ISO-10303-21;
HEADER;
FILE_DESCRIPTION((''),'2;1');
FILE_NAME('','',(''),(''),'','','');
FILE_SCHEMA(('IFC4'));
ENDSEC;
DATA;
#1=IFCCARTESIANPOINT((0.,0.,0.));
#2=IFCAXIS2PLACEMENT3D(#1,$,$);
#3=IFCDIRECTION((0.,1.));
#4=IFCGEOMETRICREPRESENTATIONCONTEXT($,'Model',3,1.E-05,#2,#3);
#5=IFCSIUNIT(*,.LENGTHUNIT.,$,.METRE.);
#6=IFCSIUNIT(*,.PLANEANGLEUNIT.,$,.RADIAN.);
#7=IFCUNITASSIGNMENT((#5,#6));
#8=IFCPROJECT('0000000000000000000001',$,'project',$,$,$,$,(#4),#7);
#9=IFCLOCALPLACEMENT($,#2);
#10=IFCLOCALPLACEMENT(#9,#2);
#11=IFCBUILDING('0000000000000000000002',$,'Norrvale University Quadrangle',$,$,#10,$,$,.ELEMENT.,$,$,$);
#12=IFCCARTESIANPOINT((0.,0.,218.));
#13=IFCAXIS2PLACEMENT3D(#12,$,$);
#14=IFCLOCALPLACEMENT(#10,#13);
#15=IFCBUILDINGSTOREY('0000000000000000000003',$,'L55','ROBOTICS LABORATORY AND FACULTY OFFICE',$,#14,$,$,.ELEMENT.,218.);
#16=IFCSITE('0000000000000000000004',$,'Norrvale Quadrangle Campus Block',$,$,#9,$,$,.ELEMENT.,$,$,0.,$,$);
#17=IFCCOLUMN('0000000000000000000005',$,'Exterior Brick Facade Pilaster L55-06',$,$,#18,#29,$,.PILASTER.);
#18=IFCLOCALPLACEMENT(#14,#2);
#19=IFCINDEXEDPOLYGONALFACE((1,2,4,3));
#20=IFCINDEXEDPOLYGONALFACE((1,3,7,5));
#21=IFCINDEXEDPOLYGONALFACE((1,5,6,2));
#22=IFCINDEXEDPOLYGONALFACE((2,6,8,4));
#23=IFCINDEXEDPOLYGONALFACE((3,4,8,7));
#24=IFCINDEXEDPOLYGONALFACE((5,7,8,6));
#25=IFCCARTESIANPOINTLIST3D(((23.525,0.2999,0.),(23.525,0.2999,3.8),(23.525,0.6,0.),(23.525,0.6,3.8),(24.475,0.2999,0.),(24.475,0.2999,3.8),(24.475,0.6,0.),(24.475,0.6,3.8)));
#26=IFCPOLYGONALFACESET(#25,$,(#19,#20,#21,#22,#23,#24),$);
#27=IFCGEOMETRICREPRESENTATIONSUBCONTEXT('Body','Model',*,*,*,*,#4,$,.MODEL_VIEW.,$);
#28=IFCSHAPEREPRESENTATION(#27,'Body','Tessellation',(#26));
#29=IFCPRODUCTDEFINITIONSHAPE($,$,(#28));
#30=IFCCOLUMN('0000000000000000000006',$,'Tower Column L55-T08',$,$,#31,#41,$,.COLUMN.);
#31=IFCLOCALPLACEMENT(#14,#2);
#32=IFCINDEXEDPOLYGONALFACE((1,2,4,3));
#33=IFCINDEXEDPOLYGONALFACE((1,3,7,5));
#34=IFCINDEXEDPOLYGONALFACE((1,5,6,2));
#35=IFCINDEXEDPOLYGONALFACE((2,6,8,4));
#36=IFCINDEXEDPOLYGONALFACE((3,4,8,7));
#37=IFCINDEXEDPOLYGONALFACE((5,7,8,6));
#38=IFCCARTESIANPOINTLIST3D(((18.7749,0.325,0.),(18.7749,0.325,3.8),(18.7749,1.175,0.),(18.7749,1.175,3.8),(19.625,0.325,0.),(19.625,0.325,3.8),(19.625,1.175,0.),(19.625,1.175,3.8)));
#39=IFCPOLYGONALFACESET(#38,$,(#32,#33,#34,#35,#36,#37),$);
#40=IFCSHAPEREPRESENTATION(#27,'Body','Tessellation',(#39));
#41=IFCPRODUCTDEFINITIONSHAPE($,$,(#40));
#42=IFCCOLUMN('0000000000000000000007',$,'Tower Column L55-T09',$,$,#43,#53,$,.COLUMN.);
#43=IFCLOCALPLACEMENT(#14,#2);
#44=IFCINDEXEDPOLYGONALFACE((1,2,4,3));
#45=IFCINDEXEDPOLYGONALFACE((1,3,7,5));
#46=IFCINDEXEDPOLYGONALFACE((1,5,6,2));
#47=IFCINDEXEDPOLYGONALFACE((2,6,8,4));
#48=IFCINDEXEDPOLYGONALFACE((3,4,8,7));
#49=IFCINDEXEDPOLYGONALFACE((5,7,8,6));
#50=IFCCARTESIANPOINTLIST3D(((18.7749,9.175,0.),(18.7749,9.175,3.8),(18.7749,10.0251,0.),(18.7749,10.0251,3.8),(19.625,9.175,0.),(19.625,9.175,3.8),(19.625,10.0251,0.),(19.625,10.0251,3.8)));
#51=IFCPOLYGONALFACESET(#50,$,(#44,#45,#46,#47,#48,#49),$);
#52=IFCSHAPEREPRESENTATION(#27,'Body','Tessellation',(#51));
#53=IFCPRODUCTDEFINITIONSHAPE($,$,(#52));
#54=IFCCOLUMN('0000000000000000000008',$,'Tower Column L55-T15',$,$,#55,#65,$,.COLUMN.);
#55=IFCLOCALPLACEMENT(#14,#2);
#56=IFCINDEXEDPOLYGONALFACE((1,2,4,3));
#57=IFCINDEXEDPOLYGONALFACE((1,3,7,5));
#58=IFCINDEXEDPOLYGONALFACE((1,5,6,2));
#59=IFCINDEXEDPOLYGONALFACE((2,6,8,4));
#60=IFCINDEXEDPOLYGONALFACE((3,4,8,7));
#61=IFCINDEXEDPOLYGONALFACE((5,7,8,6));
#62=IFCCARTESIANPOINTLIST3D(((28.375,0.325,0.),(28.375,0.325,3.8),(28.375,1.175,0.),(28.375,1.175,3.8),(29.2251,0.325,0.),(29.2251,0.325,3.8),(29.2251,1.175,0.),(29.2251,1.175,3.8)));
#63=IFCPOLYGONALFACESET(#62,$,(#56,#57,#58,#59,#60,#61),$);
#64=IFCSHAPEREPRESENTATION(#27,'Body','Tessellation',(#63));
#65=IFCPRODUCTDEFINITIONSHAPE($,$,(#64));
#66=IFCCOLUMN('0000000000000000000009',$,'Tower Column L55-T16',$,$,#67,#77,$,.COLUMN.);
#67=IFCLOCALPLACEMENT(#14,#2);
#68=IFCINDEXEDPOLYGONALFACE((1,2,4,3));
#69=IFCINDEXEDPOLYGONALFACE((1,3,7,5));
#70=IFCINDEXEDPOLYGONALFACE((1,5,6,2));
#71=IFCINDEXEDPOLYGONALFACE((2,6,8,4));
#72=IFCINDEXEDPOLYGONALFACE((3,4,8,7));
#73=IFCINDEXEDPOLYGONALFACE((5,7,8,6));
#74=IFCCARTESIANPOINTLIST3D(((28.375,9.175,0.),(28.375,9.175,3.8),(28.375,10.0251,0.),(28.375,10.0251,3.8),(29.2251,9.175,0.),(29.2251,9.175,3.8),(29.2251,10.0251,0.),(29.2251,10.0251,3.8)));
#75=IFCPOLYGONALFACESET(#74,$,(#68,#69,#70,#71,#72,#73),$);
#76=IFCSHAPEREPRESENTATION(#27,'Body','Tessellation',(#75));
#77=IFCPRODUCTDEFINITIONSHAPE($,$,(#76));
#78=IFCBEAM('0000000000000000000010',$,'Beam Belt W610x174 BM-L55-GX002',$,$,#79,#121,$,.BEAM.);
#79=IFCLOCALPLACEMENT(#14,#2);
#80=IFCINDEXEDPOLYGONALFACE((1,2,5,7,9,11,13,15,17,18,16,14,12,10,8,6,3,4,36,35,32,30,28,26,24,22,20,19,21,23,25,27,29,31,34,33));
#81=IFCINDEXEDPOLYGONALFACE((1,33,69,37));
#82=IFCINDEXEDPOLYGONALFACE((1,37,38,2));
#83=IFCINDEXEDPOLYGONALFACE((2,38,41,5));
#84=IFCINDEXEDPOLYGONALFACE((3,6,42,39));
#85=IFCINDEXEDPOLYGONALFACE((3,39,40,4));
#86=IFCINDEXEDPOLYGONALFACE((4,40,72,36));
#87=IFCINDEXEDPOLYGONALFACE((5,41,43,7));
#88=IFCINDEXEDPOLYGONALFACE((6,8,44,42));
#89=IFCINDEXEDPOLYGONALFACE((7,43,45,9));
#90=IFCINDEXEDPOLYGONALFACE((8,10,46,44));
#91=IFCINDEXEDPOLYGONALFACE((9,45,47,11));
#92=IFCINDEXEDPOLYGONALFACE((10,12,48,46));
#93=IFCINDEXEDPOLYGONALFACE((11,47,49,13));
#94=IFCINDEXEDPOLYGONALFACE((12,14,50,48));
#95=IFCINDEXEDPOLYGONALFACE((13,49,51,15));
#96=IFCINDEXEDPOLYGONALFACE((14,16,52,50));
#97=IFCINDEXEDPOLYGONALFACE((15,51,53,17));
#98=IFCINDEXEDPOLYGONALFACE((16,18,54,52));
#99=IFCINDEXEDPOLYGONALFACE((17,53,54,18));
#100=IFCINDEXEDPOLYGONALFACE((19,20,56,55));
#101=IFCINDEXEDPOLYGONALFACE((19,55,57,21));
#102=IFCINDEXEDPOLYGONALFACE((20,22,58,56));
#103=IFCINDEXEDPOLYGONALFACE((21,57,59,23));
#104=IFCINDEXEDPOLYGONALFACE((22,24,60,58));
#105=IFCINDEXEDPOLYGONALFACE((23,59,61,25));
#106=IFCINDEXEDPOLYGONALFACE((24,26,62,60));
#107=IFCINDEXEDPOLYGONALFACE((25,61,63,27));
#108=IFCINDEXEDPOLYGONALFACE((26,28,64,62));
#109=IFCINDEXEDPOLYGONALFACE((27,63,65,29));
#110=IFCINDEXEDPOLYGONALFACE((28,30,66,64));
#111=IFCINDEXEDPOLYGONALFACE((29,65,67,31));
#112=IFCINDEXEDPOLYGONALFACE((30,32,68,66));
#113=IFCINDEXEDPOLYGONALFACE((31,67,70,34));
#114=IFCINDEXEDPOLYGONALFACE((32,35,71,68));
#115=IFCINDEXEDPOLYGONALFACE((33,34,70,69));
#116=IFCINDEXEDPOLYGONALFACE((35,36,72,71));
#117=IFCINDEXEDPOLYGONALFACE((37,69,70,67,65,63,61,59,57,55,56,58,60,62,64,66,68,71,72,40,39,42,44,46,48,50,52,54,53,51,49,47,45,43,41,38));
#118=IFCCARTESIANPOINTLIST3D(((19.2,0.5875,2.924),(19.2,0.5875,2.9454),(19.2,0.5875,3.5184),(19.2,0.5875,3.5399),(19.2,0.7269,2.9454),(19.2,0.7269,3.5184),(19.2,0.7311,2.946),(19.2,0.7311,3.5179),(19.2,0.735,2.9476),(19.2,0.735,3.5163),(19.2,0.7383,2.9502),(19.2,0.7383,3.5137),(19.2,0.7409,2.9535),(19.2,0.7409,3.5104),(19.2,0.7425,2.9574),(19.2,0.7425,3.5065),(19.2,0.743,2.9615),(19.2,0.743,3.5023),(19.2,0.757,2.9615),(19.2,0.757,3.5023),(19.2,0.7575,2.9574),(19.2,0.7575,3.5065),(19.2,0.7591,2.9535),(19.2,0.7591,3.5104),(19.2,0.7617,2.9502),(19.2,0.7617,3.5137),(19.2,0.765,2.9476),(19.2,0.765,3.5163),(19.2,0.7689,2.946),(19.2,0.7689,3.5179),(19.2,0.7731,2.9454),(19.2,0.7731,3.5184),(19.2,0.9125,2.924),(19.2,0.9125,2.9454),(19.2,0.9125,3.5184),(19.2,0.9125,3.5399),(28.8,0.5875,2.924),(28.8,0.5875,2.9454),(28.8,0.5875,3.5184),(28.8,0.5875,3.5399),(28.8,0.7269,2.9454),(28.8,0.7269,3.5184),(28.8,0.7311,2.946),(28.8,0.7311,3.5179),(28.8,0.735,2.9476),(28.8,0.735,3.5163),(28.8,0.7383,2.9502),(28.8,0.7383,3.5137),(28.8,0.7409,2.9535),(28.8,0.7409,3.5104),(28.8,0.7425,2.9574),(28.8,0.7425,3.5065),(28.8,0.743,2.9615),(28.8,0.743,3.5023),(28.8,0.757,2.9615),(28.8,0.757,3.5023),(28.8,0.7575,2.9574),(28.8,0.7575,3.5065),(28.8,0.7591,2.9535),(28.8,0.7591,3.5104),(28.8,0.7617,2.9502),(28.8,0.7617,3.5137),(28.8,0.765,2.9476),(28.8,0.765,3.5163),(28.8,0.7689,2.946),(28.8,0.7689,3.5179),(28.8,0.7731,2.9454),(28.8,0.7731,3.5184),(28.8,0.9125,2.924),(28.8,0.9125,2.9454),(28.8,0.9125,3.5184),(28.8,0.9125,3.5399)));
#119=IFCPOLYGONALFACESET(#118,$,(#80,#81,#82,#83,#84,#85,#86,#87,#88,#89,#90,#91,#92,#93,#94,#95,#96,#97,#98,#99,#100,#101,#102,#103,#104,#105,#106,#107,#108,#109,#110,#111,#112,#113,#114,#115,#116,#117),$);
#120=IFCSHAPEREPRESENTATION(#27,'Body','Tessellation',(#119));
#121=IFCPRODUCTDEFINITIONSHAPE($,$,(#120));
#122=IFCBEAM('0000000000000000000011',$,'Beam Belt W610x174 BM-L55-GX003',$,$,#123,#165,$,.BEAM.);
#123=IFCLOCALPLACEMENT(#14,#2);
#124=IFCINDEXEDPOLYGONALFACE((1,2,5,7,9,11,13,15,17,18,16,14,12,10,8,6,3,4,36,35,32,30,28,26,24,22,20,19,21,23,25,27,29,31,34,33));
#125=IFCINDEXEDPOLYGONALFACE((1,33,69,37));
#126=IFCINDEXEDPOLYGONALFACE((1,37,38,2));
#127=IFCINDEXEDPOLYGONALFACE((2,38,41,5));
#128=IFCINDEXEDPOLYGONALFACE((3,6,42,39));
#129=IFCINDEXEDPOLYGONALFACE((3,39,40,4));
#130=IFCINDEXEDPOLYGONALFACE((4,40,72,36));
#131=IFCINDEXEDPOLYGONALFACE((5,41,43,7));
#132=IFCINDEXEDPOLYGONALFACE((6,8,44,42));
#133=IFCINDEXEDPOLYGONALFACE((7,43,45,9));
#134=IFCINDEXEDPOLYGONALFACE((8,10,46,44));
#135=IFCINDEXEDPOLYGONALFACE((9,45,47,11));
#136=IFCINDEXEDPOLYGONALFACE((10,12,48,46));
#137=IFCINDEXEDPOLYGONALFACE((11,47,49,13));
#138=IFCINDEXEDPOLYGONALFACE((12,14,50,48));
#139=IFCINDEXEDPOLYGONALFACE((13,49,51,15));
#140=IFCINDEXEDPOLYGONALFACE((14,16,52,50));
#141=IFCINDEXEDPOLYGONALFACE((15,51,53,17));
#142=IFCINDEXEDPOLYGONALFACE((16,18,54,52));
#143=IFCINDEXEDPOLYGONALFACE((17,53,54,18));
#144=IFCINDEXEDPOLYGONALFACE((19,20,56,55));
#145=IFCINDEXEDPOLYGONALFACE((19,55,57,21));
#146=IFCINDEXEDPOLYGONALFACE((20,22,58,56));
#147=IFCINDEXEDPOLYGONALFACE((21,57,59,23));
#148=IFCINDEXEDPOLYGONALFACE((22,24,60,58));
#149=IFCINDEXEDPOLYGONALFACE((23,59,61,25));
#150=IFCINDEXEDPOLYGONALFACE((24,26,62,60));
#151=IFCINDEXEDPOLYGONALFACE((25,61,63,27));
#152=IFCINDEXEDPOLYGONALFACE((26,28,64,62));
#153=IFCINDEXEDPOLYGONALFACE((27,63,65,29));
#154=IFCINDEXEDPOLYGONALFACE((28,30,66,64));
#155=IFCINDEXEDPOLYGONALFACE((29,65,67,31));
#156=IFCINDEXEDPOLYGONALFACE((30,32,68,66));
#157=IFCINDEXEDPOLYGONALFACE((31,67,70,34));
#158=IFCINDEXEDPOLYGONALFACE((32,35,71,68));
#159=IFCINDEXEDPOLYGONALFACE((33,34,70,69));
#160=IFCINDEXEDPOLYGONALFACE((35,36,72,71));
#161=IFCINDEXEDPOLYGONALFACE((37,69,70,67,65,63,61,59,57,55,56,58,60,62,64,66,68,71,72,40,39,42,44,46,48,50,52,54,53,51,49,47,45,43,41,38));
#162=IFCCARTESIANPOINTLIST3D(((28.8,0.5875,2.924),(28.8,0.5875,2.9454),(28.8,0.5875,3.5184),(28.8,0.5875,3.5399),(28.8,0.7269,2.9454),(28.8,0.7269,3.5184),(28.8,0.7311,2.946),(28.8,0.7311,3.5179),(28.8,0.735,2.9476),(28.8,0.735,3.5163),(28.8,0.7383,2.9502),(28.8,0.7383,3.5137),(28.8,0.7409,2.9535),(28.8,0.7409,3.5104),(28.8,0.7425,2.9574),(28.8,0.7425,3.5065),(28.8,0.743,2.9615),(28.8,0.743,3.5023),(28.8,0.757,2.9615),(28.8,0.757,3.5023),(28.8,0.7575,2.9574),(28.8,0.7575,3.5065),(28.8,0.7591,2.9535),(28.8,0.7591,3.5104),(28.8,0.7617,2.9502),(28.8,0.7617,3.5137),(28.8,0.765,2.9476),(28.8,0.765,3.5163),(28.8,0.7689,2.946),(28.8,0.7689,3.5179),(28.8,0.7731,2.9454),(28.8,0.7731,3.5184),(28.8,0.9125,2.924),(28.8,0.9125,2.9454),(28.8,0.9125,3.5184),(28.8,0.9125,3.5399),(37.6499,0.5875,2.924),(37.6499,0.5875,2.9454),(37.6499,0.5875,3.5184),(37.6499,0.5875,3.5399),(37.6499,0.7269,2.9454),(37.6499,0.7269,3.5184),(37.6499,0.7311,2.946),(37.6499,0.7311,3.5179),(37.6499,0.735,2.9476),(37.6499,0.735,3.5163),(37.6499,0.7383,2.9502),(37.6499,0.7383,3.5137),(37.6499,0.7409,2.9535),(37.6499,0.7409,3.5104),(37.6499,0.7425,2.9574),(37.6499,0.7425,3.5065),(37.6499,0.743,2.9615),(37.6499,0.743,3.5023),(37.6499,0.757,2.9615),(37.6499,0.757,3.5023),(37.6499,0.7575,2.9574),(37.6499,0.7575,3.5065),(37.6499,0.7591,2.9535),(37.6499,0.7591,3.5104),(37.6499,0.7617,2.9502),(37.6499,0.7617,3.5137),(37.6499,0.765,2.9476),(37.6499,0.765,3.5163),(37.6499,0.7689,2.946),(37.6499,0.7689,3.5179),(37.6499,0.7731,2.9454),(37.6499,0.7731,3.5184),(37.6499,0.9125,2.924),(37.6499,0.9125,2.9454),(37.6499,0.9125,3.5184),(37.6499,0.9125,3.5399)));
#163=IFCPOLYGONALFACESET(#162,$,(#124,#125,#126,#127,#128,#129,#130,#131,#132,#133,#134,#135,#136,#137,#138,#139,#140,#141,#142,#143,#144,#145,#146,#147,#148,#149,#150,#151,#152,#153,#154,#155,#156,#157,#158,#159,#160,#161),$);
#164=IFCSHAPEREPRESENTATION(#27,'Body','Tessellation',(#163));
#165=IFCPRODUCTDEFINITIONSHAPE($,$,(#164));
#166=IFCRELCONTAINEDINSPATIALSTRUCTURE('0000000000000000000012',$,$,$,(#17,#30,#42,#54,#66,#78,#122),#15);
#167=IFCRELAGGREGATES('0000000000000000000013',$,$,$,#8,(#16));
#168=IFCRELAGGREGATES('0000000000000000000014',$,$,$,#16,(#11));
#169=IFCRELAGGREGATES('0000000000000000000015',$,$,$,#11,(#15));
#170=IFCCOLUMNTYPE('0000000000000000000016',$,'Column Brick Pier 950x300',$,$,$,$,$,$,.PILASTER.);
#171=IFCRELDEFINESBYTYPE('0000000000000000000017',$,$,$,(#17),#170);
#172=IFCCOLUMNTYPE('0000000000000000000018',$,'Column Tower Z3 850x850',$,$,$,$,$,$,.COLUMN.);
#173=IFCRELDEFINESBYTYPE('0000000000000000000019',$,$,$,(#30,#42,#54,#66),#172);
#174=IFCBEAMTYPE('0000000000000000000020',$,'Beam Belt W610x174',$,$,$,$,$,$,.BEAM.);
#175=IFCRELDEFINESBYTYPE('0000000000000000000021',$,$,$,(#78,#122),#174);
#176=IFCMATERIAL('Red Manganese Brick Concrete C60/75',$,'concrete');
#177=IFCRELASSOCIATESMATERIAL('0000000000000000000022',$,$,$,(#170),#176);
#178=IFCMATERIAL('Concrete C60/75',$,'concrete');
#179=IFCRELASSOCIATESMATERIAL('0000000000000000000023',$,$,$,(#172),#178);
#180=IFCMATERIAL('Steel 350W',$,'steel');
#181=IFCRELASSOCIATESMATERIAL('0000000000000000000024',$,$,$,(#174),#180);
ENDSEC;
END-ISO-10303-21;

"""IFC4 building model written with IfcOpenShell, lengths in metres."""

from ifc_helpers import new_model, si_unit, direction, frame, origin, origin_2d, place, context, subcontext, project, spatial, rectangle, i_section, extrude, material, material_profile, profile_set, type_object, element, save


model = new_model("IFC4")

# Units and contexts
model_context = context("Model", 3, precision=1e-05, world=origin(), true_north=direction((0.0, 1.0)))
body_context = subcontext(model_context, "Body", "Model", "MODEL_VIEW")
ifc_project = project(units=[si_unit("LENGTHUNIT", "METRE"), si_unit("PLANEANGLEUNIT", "RADIAN")], contexts=[model_context])

# Site, building, storey
site_placement = place(None, origin())
site = spatial("IfcSite", under=ifc_project, at=site_placement, Name="Norrvale Quadrangle Campus Block", CompositionType="ELEMENT", RefElevation=0.0)
building_placement = place(site_placement, origin())
building = spatial("IfcBuilding", under=site, at=building_placement, Name="Norrvale University Quadrangle", CompositionType="ELEMENT")
storey_placement = place(building_placement, frame((0.0, 0.0, 218.0)))
storey = spatial("IfcBuildingStorey", under=building, at=storey_placement, Name="L55", Description="ROBOTICS LABORATORY AND FACULTY OFFICE", CompositionType="ELEMENT", Elevation=218.0)

# Columns
ifc_material_1 = material(Name="Red Manganese Brick Concrete C60/75", Category="concrete")
ifc_material_profile_1 = material_profile(ifc_material_1, rectangle(XDim=0.95, YDim=0.3, at=origin_2d()), Name="Red Manganese Brick Concrete C60/75")
ifc_profile_set_1 = profile_set([ifc_material_profile_1], Name="Red Manganese Brick Concrete C60/75")
column_type_1 = type_object("IfcColumnType", Name="Column Brick Pier 950x300", PredefinedType="PILASTER", material=ifc_profile_set_1)
column_placement = place(storey_placement, frame((24.0, 0.45, 0.0), z_axis=(0.0, 0.0, 1.0), x_axis=(1.0, 0.0, 0.0)))
element("IfcColumn", 1, at=column_placement, inside=storey, type_object=column_type_1, Name="Exterior Brick Facade Pilaster L55-06", PredefinedType="PILASTER", context=body_context, shape_type="SweptSolid", body=[
    extrude(rectangle(XDim=0.95, YDim=0.3, at=origin_2d()), origin(), (0.0, 0.0, 1.0), 3.8),
])
ifc_material_2 = material(Name="Concrete C60/75", Category="concrete")
ifc_material_profile_2 = material_profile(ifc_material_2, rectangle(XDim=0.8501, YDim=0.8501, at=origin_2d()), Name="Concrete C60/75")
ifc_profile_set_2 = profile_set([ifc_material_profile_2], Name="Concrete C60/75")
column_type_2 = type_object("IfcColumnType", Name="Column Tower Z3 850x850", PredefinedType="COLUMN", material=ifc_profile_set_2)
for number, where, z_axis, x_axis, name in (
    (2, (19.2, 0.75, 0.0), (0.0, 0.0, 1.0), (1.0, 0.0, 0.0), "Tower Column L55-T08"),
    (3, (19.2, 9.6001, 0.0), (0.0, 0.0, 1.0), (1.0, 0.0, 0.0), "Tower Column L55-T09"),
    (4, (28.8, 0.75, 0.0), (0.0, 0.0, 1.0), (1.0, 0.0, 0.0), "Tower Column L55-T15"),
    (5, (28.8, 9.6001, 0.0), (0.0, 0.0, 1.0), (1.0, 0.0, 0.0), "Tower Column L55-T16"),
):
    element("IfcColumn", number, at=place(storey_placement, frame(where, z_axis=z_axis, x_axis=x_axis)), inside=storey, type_object=column_type_2, Name=name, PredefinedType="COLUMN", context=body_context, shape_type="SweptSolid", body=[
        extrude(rectangle(XDim=0.8501, YDim=0.8501, at=origin_2d()), origin(), (0.0, 0.0, 1.0), 3.8),
    ])

# Beams
ifc_material_3 = material(Name="Steel 350W", Category="steel")
ifc_material_profile_3 = material_profile(ifc_material_3, i_section(OverallWidth=0.325, OverallDepth=0.616, WebThickness=0.0139, FlangeThickness=0.0215, FilletRadius=0.0161, at=origin_2d()), Name="Steel 350W")
ifc_profile_set_3 = profile_set([ifc_material_profile_3], Name="Steel 350W")
beam_type_1 = type_object("IfcBeamType", Name="Beam Belt W610x174", PredefinedType="BEAM", material=ifc_profile_set_3)
beam_1_placement = place(storey_placement, frame((19.2, 0.75, 3.2319), z_axis=(1.0, 0.0, 0.0), x_axis=(0.0, 1.0, 0.0)))
element("IfcBeam", 6, at=beam_1_placement, inside=storey, type_object=beam_type_1, Name="Beam Belt W610x174 BM-L55-GX002", PredefinedType="BEAM", context=body_context, shape_type="SweptSolid", body=[
    extrude(i_section(OverallWidth=0.325, OverallDepth=0.616, WebThickness=0.0139, FlangeThickness=0.0215, FilletRadius=0.0161, at=origin_2d()), origin(), (0.0, 0.0, 1.0), 9.6001),
])
beam_2_placement = place(storey_placement, frame((28.8, 0.75, 3.2319), z_axis=(1.0, 0.0, 0.0), x_axis=(0.0, 1.0, 0.0)))
element("IfcBeam", 7, at=beam_2_placement, inside=storey, type_object=beam_type_1, Name="Beam Belt W610x174 BM-L55-GX003", PredefinedType="BEAM", context=body_context, shape_type="SweptSolid", body=[
    extrude(i_section(OverallWidth=0.325, OverallDepth=0.616, WebThickness=0.0139, FlangeThickness=0.0215, FilletRadius=0.0161, at=origin_2d()), origin(), (0.0, 0.0, 1.0), 8.8499),
])

save(model, "model.ifc")
